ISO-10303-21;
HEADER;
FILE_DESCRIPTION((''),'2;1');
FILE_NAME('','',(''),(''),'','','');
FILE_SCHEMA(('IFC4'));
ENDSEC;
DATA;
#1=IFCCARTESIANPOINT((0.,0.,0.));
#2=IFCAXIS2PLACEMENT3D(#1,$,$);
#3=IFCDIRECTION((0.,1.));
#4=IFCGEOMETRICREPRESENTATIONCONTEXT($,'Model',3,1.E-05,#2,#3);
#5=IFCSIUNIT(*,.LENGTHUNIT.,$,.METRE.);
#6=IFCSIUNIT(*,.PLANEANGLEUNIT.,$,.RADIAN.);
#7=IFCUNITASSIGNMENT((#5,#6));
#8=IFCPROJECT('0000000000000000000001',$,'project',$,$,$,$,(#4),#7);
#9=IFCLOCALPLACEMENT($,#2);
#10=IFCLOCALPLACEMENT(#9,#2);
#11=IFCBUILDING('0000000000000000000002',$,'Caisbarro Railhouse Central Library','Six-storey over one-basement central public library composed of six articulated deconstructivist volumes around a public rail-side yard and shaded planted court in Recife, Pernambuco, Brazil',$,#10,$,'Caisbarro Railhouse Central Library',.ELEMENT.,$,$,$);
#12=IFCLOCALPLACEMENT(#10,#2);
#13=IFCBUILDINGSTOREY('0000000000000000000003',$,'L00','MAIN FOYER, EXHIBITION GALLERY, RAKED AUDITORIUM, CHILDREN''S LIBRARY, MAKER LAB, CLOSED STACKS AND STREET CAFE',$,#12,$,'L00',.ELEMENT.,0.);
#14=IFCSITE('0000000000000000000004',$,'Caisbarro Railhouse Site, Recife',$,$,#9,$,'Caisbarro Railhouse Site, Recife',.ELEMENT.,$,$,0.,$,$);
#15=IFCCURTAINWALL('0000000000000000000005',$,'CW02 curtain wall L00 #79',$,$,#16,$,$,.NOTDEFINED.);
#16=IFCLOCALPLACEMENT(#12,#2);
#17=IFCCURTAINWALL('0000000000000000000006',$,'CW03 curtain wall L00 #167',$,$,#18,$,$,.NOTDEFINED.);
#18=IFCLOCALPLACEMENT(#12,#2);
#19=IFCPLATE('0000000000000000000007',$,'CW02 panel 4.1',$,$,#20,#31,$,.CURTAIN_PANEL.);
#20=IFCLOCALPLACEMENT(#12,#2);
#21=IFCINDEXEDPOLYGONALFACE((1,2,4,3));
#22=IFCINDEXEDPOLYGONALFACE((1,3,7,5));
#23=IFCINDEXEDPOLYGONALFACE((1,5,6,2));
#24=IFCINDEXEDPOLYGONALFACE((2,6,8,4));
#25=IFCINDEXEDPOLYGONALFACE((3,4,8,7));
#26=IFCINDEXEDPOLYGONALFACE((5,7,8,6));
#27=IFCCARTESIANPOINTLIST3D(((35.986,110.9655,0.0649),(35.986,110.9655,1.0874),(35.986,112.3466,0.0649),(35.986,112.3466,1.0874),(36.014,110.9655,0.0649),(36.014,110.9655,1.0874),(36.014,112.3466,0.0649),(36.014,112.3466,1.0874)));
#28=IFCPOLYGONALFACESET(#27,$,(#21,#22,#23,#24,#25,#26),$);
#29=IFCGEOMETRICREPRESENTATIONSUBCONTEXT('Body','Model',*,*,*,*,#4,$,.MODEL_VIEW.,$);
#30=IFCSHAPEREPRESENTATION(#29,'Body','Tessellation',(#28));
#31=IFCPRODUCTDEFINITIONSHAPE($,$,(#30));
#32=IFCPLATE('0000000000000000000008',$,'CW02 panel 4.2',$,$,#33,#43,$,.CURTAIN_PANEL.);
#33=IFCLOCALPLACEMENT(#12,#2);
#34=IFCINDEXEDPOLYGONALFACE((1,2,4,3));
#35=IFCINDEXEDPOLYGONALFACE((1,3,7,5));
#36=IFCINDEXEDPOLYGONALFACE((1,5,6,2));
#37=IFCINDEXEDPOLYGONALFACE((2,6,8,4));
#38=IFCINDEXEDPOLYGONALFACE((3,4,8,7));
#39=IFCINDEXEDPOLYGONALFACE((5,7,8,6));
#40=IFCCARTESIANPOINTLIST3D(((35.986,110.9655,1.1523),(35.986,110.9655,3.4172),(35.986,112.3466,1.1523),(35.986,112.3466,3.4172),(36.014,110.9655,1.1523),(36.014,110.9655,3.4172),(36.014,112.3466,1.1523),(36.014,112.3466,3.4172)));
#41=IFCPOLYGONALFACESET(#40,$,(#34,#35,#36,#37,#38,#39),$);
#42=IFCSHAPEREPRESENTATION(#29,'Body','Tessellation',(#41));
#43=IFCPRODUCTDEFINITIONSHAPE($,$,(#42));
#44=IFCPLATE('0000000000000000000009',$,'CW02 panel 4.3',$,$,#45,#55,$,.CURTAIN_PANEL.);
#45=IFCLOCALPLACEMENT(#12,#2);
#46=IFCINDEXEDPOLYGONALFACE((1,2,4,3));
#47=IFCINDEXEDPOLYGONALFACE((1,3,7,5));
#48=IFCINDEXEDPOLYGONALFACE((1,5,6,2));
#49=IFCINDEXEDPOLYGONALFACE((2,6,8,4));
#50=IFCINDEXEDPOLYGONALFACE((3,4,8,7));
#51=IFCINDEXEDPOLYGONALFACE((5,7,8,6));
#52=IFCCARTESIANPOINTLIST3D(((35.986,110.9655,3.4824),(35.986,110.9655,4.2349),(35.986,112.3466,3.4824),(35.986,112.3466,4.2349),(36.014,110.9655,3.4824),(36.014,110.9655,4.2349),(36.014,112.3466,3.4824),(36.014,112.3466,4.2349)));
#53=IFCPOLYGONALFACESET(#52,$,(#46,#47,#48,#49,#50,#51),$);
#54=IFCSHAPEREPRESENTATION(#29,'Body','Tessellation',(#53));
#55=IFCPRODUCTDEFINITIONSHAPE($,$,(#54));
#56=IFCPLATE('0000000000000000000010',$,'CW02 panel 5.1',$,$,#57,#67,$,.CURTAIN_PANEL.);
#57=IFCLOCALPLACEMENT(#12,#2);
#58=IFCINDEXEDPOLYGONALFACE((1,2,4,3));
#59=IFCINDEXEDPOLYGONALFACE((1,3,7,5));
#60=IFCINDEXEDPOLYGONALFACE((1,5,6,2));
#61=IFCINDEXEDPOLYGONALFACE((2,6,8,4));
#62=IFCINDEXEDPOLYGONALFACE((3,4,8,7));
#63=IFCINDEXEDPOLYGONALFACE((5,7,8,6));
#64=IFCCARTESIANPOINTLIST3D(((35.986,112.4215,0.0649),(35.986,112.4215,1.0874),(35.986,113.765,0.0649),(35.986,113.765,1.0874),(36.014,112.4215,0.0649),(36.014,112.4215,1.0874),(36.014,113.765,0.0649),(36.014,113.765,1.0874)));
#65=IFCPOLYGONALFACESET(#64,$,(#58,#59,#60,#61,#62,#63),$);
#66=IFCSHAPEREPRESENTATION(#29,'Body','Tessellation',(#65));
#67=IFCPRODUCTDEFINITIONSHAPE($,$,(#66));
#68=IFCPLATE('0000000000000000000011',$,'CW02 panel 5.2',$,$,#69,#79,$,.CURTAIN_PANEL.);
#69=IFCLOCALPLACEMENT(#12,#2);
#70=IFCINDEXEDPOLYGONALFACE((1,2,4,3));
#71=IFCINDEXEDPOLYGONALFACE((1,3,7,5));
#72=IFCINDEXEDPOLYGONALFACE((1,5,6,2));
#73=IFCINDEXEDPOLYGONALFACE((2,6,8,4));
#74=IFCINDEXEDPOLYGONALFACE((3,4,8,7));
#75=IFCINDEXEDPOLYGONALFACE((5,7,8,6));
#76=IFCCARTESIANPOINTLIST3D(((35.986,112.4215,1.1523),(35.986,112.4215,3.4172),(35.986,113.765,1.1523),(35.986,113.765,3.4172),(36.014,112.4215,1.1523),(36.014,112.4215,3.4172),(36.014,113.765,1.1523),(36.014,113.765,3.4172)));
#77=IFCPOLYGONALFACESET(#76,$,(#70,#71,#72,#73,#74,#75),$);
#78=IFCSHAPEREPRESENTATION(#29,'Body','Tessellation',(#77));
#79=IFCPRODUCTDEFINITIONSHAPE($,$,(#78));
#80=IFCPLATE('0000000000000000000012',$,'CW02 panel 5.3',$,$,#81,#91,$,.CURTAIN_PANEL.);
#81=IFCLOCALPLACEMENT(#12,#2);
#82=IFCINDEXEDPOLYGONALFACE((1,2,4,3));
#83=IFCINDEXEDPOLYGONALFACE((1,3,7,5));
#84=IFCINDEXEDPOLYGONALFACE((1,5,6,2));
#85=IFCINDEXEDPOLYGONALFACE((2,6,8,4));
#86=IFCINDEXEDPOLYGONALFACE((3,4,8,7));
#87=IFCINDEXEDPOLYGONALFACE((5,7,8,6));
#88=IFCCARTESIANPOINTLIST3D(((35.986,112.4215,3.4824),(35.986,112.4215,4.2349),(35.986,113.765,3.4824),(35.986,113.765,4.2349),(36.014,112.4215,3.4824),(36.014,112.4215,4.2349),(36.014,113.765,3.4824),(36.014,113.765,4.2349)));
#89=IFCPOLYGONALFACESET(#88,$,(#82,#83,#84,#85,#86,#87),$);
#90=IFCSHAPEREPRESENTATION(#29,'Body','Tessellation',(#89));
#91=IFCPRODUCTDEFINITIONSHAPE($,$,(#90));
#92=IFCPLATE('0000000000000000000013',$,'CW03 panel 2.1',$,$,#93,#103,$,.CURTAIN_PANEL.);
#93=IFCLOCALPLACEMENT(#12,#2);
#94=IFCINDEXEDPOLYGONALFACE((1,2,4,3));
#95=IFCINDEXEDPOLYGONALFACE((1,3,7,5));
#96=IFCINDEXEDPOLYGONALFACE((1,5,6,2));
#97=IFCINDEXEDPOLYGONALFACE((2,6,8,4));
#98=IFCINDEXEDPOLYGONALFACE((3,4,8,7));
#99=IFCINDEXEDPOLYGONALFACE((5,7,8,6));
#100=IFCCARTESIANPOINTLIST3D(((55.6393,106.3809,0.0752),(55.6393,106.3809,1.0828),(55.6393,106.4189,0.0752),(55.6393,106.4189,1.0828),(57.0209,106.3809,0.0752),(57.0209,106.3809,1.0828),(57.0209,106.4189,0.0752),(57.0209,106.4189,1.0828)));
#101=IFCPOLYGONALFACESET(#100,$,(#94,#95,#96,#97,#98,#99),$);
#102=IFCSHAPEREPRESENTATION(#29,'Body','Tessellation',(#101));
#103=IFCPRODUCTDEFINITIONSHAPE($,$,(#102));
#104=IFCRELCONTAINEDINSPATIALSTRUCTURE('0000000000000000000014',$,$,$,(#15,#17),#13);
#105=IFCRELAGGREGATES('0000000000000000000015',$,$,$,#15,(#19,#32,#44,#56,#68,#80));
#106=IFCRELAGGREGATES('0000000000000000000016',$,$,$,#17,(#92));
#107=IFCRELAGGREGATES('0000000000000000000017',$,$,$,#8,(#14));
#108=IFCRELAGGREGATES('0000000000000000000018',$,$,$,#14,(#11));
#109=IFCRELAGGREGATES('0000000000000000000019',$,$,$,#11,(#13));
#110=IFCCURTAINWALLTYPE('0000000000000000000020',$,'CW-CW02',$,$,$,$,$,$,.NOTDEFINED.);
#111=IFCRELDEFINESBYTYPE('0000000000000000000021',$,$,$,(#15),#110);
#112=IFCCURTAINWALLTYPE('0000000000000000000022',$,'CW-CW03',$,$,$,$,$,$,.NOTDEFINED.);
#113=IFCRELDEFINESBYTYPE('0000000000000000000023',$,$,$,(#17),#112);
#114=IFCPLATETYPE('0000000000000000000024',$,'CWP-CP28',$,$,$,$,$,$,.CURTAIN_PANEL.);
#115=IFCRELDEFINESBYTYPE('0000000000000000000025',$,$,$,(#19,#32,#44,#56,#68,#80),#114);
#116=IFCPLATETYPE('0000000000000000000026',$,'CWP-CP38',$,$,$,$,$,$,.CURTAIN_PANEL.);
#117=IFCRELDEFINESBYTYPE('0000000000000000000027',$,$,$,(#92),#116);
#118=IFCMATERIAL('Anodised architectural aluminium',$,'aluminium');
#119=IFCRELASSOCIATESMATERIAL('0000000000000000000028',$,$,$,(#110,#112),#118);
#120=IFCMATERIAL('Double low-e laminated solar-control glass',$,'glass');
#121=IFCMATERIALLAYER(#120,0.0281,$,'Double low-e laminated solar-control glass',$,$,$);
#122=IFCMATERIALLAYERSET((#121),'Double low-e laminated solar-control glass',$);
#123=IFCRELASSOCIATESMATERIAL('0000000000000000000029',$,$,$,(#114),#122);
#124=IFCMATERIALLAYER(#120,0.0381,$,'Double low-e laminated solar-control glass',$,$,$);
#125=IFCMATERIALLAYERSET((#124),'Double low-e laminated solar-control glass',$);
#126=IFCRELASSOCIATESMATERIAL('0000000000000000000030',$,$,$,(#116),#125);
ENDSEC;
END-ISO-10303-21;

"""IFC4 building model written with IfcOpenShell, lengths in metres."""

from ifc_helpers import new_model, si_unit, direction, frame, origin, origin_2d, place, context, subcontext, project, spatial, rectangle, extrude, material, layer, layer_set, type_object, element, aggregate, save


model = new_model("IFC4")

# Units and contexts
model_context = context("Model", 3, precision=1e-05, world=origin(), true_north=direction((0.0, 1.0)))
body_context = subcontext(model_context, "Body", "Model", "MODEL_VIEW")
ifc_project = project(units=[si_unit("LENGTHUNIT", "METRE"), si_unit("PLANEANGLEUNIT", "RADIAN")], contexts=[model_context])

# Site, building, storey
site_placement = place(None, origin())
site = spatial("IfcSite", under=ifc_project, at=site_placement, Name="Caisbarro Railhouse Site, Recife", LongName="Caisbarro Railhouse Site, Recife", CompositionType="ELEMENT", RefElevation=0.0)
building_placement = place(site_placement, origin())
building = spatial("IfcBuilding", under=site, at=building_placement, Name="Caisbarro Railhouse Central Library", Description="Six-storey over one-basement central public library composed of six articulated deconstructivist volumes around a public rail-side yard and shaded planted court in Recife, Pernambuco, Brazil", LongName="Caisbarro Railhouse Central Library", CompositionType="ELEMENT")
storey_placement = place(building_placement, origin())
storey = spatial("IfcBuildingStorey", under=building, at=storey_placement, Name="L00", Description="MAIN FOYER, EXHIBITION GALLERY, RAKED AUDITORIUM, CHILDREN'S LIBRARY, MAKER LAB, CLOSED STACKS AND STREET CAFE", LongName="L00", CompositionType="ELEMENT", Elevation=0.0)

# Curtain walls
ifc_material_1 = material(Name="Anodised architectural aluminium", Category="aluminium")
curtain_wall_type_1 = type_object("IfcCurtainWallType", Name="CW-CW02", PredefinedType="NOTDEFINED", material=ifc_material_1)
curtain_wall_1_placement = place(storey_placement, origin())
curtain_wall_1 = element("IfcCurtainWall", 1, at=curtain_wall_1_placement, inside=storey, type_object=curtain_wall_type_1, Name="CW02 curtain wall L00 #79", PredefinedType="NOTDEFINED")
curtain_wall_type_2 = type_object("IfcCurtainWallType", Name="CW-CW03", PredefinedType="NOTDEFINED", material=ifc_material_1)
curtain_wall_2_placement = place(storey_placement, origin())
curtain_wall_2 = element("IfcCurtainWall", 2, at=curtain_wall_2_placement, inside=storey, type_object=curtain_wall_type_2, Name="CW03 curtain wall L00 #167", PredefinedType="NOTDEFINED")

# Plates
ifc_material_2 = material(Name="Double low-e laminated solar-control glass", Category="glass")
ifc_layer_1 = layer(ifc_material_2, 0.0281, Name="Double low-e laminated solar-control glass")
ifc_layer_set_1 = layer_set([ifc_layer_1], Name="Double low-e laminated solar-control glass")
plate_type_1 = type_object("IfcPlateType", Name="CWP-CP28", PredefinedType="CURTAIN_PANEL", material=ifc_layer_set_1)
plate_1_placement = place(storey_placement, frame((36.0, 111.656, 0.0649), z_axis=(0.0, 0.0, 1.0), x_axis=(0.0, 1.0, 0.0)))
plate_1 = element("IfcPlate", 3, at=plate_1_placement, type_object=plate_type_1, Name="CW02 panel 4.1", PredefinedType="CURTAIN_PANEL", context=body_context, shape_type="SweptSolid", body=[
    extrude(rectangle(XDim=1.3811, YDim=0.0281, at=origin_2d()), origin(), (0.0, 0.0, 1.0), 1.0225),
])
plate_2_placement = place(storey_placement, frame((36.0, 111.656, 1.1523), z_axis=(0.0, 0.0, 1.0), x_axis=(0.0, 1.0, 0.0)))
plate_2 = element("IfcPlate", 4, at=plate_2_placement, type_object=plate_type_1, Name="CW02 panel 4.2", PredefinedType="CURTAIN_PANEL", context=body_context, shape_type="SweptSolid", body=[
    extrude(rectangle(XDim=1.3811, YDim=0.0281, at=origin_2d()), origin(), (0.0, 0.0, 1.0), 2.2649),
])
plate_3_placement = place(storey_placement, frame((36.0, 111.656, 3.4824), z_axis=(0.0, 0.0, 1.0), x_axis=(0.0, 1.0, 0.0)))
plate_3 = element("IfcPlate", 5, at=plate_3_placement, type_object=plate_type_1, Name="CW02 panel 4.3", PredefinedType="CURTAIN_PANEL", context=body_context, shape_type="SweptSolid", body=[
    extrude(rectangle(XDim=1.3811, YDim=0.0281, at=origin_2d()), origin(), (0.0, 0.0, 1.0), 0.7524),
])
plate_4_placement = place(storey_placement, frame((36.0, 113.0933, 0.0649), z_axis=(0.0, 0.0, 1.0), x_axis=(0.0, 1.0, 0.0)))
plate_4 = element("IfcPlate", 6, at=plate_4_placement, type_object=plate_type_1, Name="CW02 panel 5.1", PredefinedType="CURTAIN_PANEL", context=body_context, shape_type="SweptSolid", body=[
    extrude(rectangle(XDim=1.3435, YDim=0.0281, at=origin_2d()), origin(), (0.0, 0.0, 1.0), 1.0225),
])
plate_5_placement = place(storey_placement, frame((36.0, 113.0933, 1.1523), z_axis=(0.0, 0.0, 1.0), x_axis=(0.0, 1.0, 0.0)))
plate_5 = element("IfcPlate", 7, at=plate_5_placement, type_object=plate_type_1, Name="CW02 panel 5.2", PredefinedType="CURTAIN_PANEL", context=body_context, shape_type="SweptSolid", body=[
    extrude(rectangle(XDim=1.3435, YDim=0.0281, at=origin_2d()), origin(), (0.0, 0.0, 1.0), 2.2649),
])
plate_6_placement = place(storey_placement, frame((36.0, 113.0933, 3.4824), z_axis=(0.0, 0.0, 1.0), x_axis=(0.0, 1.0, 0.0)))
plate_6 = element("IfcPlate", 8, at=plate_6_placement, type_object=plate_type_1, Name="CW02 panel 5.3", PredefinedType="CURTAIN_PANEL", context=body_context, shape_type="SweptSolid", body=[
    extrude(rectangle(XDim=1.3435, YDim=0.0281, at=origin_2d()), origin(), (0.0, 0.0, 1.0), 0.7524),
])
aggregate(curtain_wall_1, [plate_1, plate_2, plate_3, plate_4, plate_5, plate_6])
ifc_layer_2 = layer(ifc_material_2, 0.0381, Name="Double low-e laminated solar-control glass")
ifc_layer_set_2 = layer_set([ifc_layer_2], Name="Double low-e laminated solar-control glass")
plate_type_2 = type_object("IfcPlateType", Name="CWP-CP38", PredefinedType="CURTAIN_PANEL", material=ifc_layer_set_2)
plate_7_placement = place(storey_placement, frame((56.3301, 106.3999, 0.0752), z_axis=(0.0, 0.0, 1.0), x_axis=(1.0, 0.0, 0.0)))
plate_7 = element("IfcPlate", 9, at=plate_7_placement, type_object=plate_type_2, Name="CW03 panel 2.1", PredefinedType="CURTAIN_PANEL", context=body_context, shape_type="SweptSolid", body=[
    extrude(rectangle(XDim=1.3816, YDim=0.0381, at=origin_2d()), origin(), (0.0, 0.0, 1.0), 1.0076),
])
aggregate(curtain_wall_2, [plate_7])

save(model, "model.ifc")
